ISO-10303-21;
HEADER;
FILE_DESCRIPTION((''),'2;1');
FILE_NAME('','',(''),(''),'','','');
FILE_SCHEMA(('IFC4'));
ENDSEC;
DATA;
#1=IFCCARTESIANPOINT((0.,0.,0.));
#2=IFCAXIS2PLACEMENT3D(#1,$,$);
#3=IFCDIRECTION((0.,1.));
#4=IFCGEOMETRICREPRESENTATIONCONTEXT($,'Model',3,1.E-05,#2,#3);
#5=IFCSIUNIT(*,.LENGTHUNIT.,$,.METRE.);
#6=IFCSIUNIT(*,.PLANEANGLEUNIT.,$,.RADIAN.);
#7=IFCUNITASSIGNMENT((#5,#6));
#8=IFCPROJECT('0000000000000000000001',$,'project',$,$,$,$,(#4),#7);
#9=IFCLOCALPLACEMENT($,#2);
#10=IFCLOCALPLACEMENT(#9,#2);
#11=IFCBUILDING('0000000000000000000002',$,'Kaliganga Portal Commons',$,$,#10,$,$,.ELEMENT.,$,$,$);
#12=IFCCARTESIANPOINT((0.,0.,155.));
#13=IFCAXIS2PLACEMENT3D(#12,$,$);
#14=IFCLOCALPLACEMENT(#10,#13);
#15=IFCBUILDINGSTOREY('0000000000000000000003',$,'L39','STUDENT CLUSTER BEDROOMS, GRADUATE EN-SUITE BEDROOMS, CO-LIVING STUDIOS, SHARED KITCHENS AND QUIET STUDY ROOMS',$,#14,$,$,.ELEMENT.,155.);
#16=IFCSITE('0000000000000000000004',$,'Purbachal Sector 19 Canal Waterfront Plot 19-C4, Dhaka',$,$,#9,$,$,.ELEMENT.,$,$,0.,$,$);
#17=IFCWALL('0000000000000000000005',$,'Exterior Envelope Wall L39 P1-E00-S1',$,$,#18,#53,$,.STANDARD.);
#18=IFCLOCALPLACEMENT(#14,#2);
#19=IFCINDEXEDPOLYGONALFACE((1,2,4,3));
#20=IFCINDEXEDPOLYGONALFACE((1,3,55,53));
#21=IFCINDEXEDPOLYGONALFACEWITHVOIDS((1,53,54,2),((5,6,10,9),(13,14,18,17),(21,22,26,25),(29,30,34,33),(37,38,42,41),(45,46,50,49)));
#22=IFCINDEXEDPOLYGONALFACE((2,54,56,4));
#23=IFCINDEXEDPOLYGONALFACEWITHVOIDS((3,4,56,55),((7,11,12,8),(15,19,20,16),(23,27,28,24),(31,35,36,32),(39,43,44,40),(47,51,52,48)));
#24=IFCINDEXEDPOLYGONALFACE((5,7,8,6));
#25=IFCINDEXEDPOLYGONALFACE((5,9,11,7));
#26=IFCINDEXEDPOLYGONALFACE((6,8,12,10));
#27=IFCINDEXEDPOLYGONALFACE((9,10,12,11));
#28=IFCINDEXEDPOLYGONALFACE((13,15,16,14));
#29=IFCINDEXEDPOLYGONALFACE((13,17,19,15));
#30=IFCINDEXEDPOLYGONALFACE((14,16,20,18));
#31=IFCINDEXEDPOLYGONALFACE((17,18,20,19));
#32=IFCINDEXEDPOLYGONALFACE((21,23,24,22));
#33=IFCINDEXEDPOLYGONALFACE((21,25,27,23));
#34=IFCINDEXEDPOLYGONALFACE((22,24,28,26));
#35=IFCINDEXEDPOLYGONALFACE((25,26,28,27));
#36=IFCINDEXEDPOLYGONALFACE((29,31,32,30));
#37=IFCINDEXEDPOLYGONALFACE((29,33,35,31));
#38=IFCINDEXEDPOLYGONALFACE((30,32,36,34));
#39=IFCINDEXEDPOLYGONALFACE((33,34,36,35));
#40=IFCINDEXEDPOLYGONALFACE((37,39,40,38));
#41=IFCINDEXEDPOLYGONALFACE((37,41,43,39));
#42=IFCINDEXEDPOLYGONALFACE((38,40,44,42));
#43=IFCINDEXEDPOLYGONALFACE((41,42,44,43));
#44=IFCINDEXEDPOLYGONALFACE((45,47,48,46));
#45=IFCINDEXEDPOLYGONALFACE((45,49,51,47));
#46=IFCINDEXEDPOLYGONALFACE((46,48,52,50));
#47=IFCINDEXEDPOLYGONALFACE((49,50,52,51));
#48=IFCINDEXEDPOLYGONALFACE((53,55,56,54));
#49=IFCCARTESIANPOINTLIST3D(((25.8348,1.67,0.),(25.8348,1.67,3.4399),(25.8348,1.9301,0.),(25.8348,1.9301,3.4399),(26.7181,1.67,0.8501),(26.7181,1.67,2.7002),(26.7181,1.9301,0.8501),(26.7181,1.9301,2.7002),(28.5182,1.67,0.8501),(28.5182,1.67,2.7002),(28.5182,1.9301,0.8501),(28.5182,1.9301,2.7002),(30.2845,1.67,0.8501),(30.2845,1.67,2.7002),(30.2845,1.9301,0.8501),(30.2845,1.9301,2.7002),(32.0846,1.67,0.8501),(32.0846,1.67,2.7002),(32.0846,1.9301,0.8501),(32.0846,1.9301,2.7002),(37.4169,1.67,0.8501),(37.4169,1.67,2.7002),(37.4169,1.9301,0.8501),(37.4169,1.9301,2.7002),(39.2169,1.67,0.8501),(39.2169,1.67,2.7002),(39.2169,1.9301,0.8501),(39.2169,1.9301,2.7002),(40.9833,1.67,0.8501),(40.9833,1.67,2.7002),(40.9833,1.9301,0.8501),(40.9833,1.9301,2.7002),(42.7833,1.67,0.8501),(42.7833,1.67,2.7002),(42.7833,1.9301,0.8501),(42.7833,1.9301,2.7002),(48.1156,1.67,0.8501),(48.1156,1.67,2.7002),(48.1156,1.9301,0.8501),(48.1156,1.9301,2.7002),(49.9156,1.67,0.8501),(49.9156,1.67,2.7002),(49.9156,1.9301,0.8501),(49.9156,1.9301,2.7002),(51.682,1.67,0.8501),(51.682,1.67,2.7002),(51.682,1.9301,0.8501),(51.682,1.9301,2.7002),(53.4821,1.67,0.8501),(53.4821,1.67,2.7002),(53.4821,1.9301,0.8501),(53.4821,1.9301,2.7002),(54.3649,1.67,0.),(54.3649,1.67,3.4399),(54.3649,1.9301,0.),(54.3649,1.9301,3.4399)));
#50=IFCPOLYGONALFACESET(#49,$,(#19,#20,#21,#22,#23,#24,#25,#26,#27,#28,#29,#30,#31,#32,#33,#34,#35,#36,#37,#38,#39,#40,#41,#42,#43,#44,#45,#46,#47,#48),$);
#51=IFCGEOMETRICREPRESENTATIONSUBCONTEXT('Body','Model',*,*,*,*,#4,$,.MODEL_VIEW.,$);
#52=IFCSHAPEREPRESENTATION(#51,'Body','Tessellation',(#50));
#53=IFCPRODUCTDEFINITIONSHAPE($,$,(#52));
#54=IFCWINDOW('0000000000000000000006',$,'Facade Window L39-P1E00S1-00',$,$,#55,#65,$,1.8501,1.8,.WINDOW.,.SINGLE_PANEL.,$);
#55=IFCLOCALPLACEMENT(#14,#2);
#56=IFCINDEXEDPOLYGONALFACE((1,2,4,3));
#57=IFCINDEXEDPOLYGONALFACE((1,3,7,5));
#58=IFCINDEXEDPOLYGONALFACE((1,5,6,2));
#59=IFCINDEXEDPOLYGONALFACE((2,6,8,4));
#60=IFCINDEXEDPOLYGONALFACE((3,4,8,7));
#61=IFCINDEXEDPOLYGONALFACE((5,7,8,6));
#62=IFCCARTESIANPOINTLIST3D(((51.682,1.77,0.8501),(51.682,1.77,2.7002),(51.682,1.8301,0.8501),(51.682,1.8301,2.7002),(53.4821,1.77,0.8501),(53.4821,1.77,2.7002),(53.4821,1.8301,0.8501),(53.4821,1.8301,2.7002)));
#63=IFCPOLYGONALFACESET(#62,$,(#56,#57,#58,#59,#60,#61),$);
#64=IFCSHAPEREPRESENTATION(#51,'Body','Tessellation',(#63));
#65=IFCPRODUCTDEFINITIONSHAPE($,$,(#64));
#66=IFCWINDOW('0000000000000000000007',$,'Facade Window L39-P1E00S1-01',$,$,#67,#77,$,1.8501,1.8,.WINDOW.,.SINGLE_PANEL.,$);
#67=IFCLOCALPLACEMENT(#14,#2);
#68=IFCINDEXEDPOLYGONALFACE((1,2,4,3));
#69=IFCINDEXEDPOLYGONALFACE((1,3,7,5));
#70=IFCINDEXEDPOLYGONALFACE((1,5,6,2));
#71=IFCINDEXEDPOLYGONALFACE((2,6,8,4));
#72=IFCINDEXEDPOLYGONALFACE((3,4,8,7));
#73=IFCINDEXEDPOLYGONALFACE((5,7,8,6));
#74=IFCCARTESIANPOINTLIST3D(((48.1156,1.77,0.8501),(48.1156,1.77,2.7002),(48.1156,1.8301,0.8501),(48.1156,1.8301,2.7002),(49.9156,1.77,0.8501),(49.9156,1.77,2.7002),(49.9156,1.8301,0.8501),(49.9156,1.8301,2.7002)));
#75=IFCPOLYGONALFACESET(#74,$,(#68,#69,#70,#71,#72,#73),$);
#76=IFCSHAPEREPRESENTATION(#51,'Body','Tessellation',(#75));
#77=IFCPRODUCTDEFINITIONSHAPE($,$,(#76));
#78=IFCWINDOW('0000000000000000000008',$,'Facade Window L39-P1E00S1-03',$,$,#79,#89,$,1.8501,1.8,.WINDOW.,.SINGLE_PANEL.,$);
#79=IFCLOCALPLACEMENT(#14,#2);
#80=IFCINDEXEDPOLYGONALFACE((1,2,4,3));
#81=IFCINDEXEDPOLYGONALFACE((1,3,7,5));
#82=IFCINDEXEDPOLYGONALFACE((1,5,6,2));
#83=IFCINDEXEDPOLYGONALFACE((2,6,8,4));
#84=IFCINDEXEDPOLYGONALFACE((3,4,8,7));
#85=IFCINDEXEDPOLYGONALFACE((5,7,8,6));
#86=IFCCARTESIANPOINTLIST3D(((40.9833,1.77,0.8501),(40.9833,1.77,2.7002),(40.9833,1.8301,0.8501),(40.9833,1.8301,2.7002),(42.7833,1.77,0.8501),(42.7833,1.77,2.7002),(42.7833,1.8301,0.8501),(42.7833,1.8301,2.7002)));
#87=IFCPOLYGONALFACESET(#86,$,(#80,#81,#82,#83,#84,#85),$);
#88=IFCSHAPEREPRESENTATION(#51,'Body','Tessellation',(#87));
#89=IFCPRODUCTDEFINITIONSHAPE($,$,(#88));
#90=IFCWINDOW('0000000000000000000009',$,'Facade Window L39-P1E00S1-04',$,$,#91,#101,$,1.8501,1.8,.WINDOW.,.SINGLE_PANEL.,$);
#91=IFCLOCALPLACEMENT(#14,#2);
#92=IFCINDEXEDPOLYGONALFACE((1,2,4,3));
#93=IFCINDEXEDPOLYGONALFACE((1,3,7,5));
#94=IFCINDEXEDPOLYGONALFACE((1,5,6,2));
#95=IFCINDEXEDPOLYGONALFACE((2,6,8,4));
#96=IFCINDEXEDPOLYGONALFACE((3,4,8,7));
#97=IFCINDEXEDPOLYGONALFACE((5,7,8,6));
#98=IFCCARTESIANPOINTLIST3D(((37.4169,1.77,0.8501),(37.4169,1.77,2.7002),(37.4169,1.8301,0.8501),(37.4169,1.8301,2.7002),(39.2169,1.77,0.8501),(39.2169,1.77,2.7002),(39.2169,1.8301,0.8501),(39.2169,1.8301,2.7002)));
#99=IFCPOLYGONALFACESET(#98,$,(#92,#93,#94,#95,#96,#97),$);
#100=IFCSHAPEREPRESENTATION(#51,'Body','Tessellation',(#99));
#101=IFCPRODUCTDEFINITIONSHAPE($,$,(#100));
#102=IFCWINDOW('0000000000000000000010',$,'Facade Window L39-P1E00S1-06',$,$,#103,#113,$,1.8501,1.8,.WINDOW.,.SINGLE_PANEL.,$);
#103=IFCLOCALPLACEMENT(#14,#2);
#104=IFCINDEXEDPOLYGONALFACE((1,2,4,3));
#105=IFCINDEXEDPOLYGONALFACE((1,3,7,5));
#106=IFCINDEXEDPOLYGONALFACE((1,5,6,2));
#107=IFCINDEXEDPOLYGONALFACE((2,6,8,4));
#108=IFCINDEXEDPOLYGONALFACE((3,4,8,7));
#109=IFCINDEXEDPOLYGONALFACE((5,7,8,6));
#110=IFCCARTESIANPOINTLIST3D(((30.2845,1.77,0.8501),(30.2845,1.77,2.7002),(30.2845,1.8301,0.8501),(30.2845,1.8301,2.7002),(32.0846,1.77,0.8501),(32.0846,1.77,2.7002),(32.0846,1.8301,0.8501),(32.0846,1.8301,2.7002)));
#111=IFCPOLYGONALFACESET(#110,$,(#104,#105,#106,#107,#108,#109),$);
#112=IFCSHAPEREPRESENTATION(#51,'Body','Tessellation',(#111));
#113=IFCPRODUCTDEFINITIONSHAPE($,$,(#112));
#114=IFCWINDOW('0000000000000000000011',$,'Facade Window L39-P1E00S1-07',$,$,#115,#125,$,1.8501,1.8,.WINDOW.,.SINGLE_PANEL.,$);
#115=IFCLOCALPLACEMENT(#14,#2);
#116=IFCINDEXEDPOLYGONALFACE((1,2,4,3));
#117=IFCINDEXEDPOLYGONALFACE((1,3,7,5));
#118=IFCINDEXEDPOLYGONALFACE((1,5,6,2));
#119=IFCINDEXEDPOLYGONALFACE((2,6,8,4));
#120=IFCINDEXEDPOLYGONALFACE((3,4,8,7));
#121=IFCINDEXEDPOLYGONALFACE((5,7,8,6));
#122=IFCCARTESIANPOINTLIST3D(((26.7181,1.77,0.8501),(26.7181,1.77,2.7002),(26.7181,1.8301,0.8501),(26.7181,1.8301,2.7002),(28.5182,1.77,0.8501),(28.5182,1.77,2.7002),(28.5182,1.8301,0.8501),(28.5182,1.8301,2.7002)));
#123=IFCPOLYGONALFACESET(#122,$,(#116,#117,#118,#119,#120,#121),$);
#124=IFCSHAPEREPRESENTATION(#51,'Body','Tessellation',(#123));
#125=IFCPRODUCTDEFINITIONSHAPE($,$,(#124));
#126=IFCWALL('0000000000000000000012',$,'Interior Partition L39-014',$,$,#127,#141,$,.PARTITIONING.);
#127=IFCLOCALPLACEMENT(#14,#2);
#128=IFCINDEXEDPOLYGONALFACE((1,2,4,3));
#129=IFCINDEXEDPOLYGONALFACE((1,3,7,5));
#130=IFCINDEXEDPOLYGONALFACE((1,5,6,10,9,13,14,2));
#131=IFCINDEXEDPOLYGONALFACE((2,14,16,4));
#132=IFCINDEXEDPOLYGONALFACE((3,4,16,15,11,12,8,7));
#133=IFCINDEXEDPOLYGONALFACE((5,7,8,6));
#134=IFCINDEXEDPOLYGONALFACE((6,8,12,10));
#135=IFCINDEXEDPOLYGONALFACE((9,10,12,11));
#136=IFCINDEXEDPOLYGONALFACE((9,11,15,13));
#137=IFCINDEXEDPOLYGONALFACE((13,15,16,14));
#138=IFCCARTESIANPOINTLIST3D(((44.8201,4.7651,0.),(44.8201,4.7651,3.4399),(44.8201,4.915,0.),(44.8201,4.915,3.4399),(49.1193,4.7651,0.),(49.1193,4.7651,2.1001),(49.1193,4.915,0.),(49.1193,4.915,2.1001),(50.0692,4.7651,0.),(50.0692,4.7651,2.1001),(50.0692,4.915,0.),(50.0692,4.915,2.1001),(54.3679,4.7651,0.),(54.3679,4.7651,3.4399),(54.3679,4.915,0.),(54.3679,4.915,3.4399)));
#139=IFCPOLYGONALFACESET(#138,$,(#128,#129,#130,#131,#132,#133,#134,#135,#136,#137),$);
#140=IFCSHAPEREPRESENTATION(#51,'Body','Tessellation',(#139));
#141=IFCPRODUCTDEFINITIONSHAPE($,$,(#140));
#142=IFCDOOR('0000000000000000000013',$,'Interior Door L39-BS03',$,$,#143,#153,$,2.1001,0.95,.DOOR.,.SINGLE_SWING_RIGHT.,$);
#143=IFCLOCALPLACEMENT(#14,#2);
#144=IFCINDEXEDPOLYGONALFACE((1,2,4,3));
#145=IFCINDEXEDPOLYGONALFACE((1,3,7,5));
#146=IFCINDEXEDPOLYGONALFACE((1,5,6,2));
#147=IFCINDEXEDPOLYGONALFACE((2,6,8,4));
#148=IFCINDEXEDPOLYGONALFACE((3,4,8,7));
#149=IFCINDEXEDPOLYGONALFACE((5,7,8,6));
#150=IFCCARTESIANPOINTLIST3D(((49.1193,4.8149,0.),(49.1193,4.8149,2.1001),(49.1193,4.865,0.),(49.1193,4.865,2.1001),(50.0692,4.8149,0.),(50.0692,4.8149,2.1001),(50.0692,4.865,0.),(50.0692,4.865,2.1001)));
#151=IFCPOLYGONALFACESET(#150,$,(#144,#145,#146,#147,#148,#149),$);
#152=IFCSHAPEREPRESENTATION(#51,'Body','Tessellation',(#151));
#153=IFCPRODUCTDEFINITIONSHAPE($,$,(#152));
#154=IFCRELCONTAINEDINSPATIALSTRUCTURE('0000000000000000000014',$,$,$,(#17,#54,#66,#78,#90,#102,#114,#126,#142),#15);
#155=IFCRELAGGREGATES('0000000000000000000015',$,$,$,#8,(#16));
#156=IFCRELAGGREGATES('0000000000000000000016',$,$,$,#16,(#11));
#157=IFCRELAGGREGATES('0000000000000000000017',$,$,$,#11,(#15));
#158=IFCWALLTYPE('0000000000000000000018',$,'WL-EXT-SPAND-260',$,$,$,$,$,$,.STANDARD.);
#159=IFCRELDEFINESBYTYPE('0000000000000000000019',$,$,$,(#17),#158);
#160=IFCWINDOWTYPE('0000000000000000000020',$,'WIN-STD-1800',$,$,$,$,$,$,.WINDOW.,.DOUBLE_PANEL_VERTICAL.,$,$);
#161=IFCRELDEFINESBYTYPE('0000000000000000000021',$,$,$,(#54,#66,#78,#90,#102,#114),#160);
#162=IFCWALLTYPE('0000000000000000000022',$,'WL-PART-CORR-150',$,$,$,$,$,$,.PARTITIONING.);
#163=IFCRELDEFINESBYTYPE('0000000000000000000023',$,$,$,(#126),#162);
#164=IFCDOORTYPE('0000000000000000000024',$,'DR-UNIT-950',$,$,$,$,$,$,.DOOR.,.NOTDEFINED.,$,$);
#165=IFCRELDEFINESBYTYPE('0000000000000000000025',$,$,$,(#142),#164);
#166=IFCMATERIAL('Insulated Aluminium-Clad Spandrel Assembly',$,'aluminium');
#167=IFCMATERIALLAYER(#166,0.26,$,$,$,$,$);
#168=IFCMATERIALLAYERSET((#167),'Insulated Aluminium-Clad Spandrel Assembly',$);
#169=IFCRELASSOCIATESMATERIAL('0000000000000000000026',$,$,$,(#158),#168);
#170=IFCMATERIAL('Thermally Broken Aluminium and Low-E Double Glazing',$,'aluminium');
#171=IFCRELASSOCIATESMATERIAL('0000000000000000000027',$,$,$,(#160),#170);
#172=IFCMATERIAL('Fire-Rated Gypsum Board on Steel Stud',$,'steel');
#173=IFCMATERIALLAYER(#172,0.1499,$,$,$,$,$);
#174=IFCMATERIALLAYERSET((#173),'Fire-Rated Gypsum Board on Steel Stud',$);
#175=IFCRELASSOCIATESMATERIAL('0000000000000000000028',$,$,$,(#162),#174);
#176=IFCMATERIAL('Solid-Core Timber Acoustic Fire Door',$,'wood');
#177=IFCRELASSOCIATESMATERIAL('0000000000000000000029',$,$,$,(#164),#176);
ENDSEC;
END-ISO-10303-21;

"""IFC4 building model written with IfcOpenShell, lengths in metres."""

from ifc_helpers import new_model, si_unit, direction, frame, frame_2d, origin, place, context, subcontext, project, spatial, rectangle, extrude, material, layer, layer_set, type_object, element, fill, save


model = new_model("IFC4")

# Units and contexts
model_context = context("Model", 3, precision=1e-05, world=origin(), true_north=direction((0.0, 1.0)))
body_context = subcontext(model_context, "Body", "Model", "MODEL_VIEW")
ifc_project = project(units=[si_unit("LENGTHUNIT", "METRE"), si_unit("PLANEANGLEUNIT", "RADIAN")], contexts=[model_context])

# Site, building, storey
site_placement = place(None, origin())
site = spatial("IfcSite", under=ifc_project, at=site_placement, Name="Purbachal Sector 19 Canal Waterfront Plot 19-C4, Dhaka", CompositionType="ELEMENT", RefElevation=0.0)
building_placement = place(site_placement, origin())
building = spatial("IfcBuilding", under=site, at=building_placement, Name="Kaliganga Portal Commons", CompositionType="ELEMENT")
storey_placement = place(building_placement, frame((0.0, 0.0, 155.0)))
storey = spatial("IfcBuildingStorey", under=building, at=storey_placement, Name="L39", Description="STUDENT CLUSTER BEDROOMS, GRADUATE EN-SUITE BEDROOMS, CO-LIVING STUDIOS, SHARED KITCHENS AND QUIET STUDY ROOMS", CompositionType="ELEMENT", Elevation=155.0)

# Wall, openings, windows
ifc_material_1 = material(Name="Insulated Aluminium-Clad Spandrel Assembly", Category="aluminium")
ifc_layer_1 = layer(ifc_material_1, 0.26)
ifc_layer_set_1 = layer_set([ifc_layer_1], Name="Insulated Aluminium-Clad Spandrel Assembly")
wall_type_1 = type_object("IfcWallType", Name="WL-EXT-SPAND-260", PredefinedType="STANDARD", material=ifc_layer_set_1)
wall_1_placement = place(storey_placement, frame((54.365, 1.8, 0.0), z_axis=(0.0, 0.0, 1.0), x_axis=(-1.0, 0.0, 0.0)))
wall_1 = element("IfcWall", 1, at=wall_1_placement, inside=storey, type_object=wall_type_1, Name="Exterior Envelope Wall L39 P1-E00-S1", PredefinedType="STANDARD", context=body_context, shape_type="SweptSolid", body=[
    extrude(rectangle(XDim=28.53, YDim=0.26, at=frame_2d((14.2651, 0.0))), origin(), (0.0, 0.0, 1.0), 3.4399),
])
opening_1_placement = place(wall_1_placement, frame((0.8831, 0.0, 0.8501)))
opening_1 = element("IfcOpeningElement", 2, at=opening_1_placement, cuts=wall_1, PredefinedType="OPENING", context=body_context, shape_type="SweptSolid", body=[
    extrude(rectangle(XDim=1.8, YDim=1.8501, at=frame_2d((0.8999, 0.925))), frame((0.0, 0.1401, 0.0), z_axis=(0.0, -1.0, 0.0), x_axis=(1.0, 0.0, 0.0)), (0.0, 0.0, 1.0), 0.28),
])
opening_2_placement = place(wall_1_placement, frame((4.4495, 0.0, 0.8501)))
opening_2 = element("IfcOpeningElement", 3, at=opening_2_placement, cuts=wall_1, PredefinedType="OPENING", context=body_context, shape_type="SweptSolid", body=[
    extrude(rectangle(XDim=1.8, YDim=1.8501, at=frame_2d((0.8999, 0.925))), frame((0.0, 0.1401, 0.0), z_axis=(0.0, -1.0, 0.0), x_axis=(1.0, 0.0, 0.0)), (0.0, 0.0, 1.0), 0.28),
])
opening_3_placement = place(wall_1_placement, frame((11.5818, 0.0, 0.8501)))
opening_3 = element("IfcOpeningElement", 4, at=opening_3_placement, cuts=wall_1, PredefinedType="OPENING", context=body_context, shape_type="SweptSolid", body=[
    extrude(rectangle(XDim=1.8, YDim=1.8501, at=frame_2d((0.8999, 0.925))), frame((0.0, 0.1401, 0.0), z_axis=(0.0, -1.0, 0.0), x_axis=(1.0, 0.0, 0.0)), (0.0, 0.0, 1.0), 0.28),
])
opening_4_placement = place(wall_1_placement, frame((15.1482, 0.0, 0.8501)))
opening_4 = element("IfcOpeningElement", 5, at=opening_4_placement, cuts=wall_1, PredefinedType="OPENING", context=body_context, shape_type="SweptSolid", body=[
    extrude(rectangle(XDim=1.8, YDim=1.8501, at=frame_2d((0.8999, 0.925))), frame((0.0, 0.1401, 0.0), z_axis=(0.0, -1.0, 0.0), x_axis=(1.0, 0.0, 0.0)), (0.0, 0.0, 1.0), 0.28),
])
opening_5_placement = place(wall_1_placement, frame((22.2805, 0.0, 0.8501)))
opening_5 = element("IfcOpeningElement", 6, at=opening_5_placement, cuts=wall_1, PredefinedType="OPENING", context=body_context, shape_type="SweptSolid", body=[
    extrude(rectangle(XDim=1.8, YDim=1.8501, at=frame_2d((0.8999, 0.925))), frame((0.0, 0.1401, 0.0), z_axis=(0.0, -1.0, 0.0), x_axis=(1.0, 0.0, 0.0)), (0.0, 0.0, 1.0), 0.28),
])
opening_6_placement = place(wall_1_placement, frame((25.8469, 0.0, 0.8501)))
opening_6 = element("IfcOpeningElement", 7, at=opening_6_placement, cuts=wall_1, PredefinedType="OPENING", context=body_context, shape_type="SweptSolid", body=[
    extrude(rectangle(XDim=1.8, YDim=1.8501, at=frame_2d((0.8999, 0.925))), frame((0.0, 0.1401, 0.0), z_axis=(0.0, -1.0, 0.0), x_axis=(1.0, 0.0, 0.0)), (0.0, 0.0, 1.0), 0.28),
])
ifc_material_2 = material(Name="Thermally Broken Aluminium and Low-E Double Glazing", Category="aluminium")
window_type = type_object("IfcWindowType", Name="WIN-STD-1800", PartitioningType="DOUBLE_PANEL_VERTICAL", PredefinedType="WINDOW", material=ifc_material_2)
window_1_placement = place(opening_1_placement, origin())
window_1 = element("IfcWindow", 8, at=window_1_placement, inside=storey, type_object=window_type, Name="Facade Window L39-P1E00S1-00", OverallHeight=1.8501, OverallWidth=1.8, PartitioningType="SINGLE_PANEL", PredefinedType="WINDOW", context=body_context, shape_type="SweptSolid", body=[
    extrude(rectangle(XDim=1.8, YDim=1.8501, at=frame_2d((0.8999, 0.925))), frame((0.0, 0.03, 0.0), z_axis=(0.0, -1.0, 0.0), x_axis=(1.0, 0.0, 0.0)), (0.0, 0.0, 1.0), 0.0601),
])
fill(opening_1, window_1)
window_2_placement = place(opening_2_placement, origin())
window_2 = element("IfcWindow", 9, at=window_2_placement, inside=storey, type_object=window_type, Name="Facade Window L39-P1E00S1-01", OverallHeight=1.8501, OverallWidth=1.8, PartitioningType="SINGLE_PANEL", PredefinedType="WINDOW", context=body_context, shape_type="SweptSolid", body=[
    extrude(rectangle(XDim=1.8, YDim=1.8501, at=frame_2d((0.8999, 0.925))), frame((0.0, 0.03, 0.0), z_axis=(0.0, -1.0, 0.0), x_axis=(1.0, 0.0, 0.0)), (0.0, 0.0, 1.0), 0.0601),
])
fill(opening_2, window_2)
window_3_placement = place(opening_3_placement, origin())
window_3 = element("IfcWindow", 10, at=window_3_placement, inside=storey, type_object=window_type, Name="Facade Window L39-P1E00S1-03", OverallHeight=1.8501, OverallWidth=1.8, PartitioningType="SINGLE_PANEL", PredefinedType="WINDOW", context=body_context, shape_type="SweptSolid", body=[
    extrude(rectangle(XDim=1.8, YDim=1.8501, at=frame_2d((0.8999, 0.925))), frame((0.0, 0.03, 0.0), z_axis=(0.0, -1.0, 0.0), x_axis=(1.0, 0.0, 0.0)), (0.0, 0.0, 1.0), 0.0601),
])
fill(opening_3, window_3)
window_4_placement = place(opening_4_placement, origin())
window_4 = element("IfcWindow", 11, at=window_4_placement, inside=storey, type_object=window_type, Name="Facade Window L39-P1E00S1-04", OverallHeight=1.8501, OverallWidth=1.8, PartitioningType="SINGLE_PANEL", PredefinedType="WINDOW", context=body_context, shape_type="SweptSolid", body=[
    extrude(rectangle(XDim=1.8, YDim=1.8501, at=frame_2d((0.8999, 0.925))), frame((0.0, 0.03, 0.0), z_axis=(0.0, -1.0, 0.0), x_axis=(1.0, 0.0, 0.0)), (0.0, 0.0, 1.0), 0.0601),
])
fill(opening_4, window_4)
window_5_placement = place(opening_5_placement, origin())
window_5 = element("IfcWindow", 12, at=window_5_placement, inside=storey, type_object=window_type, Name="Facade Window L39-P1E00S1-06", OverallHeight=1.8501, OverallWidth=1.8, PartitioningType="SINGLE_PANEL", PredefinedType="WINDOW", context=body_context, shape_type="SweptSolid", body=[
    extrude(rectangle(XDim=1.8, YDim=1.8501, at=frame_2d((0.8999, 0.925))), frame((0.0, 0.03, 0.0), z_axis=(0.0, -1.0, 0.0), x_axis=(1.0, 0.0, 0.0)), (0.0, 0.0, 1.0), 0.0601),
])
fill(opening_5, window_5)
window_6_placement = place(opening_6_placement, origin())
window_6 = element("IfcWindow", 13, at=window_6_placement, inside=storey, type_object=window_type, Name="Facade Window L39-P1E00S1-07", OverallHeight=1.8501, OverallWidth=1.8, PartitioningType="SINGLE_PANEL", PredefinedType="WINDOW", context=body_context, shape_type="SweptSolid", body=[
    extrude(rectangle(XDim=1.8, YDim=1.8501, at=frame_2d((0.8999, 0.925))), frame((0.0, 0.03, 0.0), z_axis=(0.0, -1.0, 0.0), x_axis=(1.0, 0.0, 0.0)), (0.0, 0.0, 1.0), 0.0601),
])
fill(opening_6, window_6)

# Wall, opening, door
ifc_material_3 = material(Name="Fire-Rated Gypsum Board on Steel Stud", Category="steel")
ifc_layer_2 = layer(ifc_material_3, 0.1499)
ifc_layer_set_2 = layer_set([ifc_layer_2], Name="Fire-Rated Gypsum Board on Steel Stud")
wall_type_2 = type_object("IfcWallType", Name="WL-PART-CORR-150", PredefinedType="PARTITIONING", material=ifc_layer_set_2)
wall_2_placement = place(storey_placement, frame((44.8201, 4.8401, 0.0), z_axis=(0.0, 0.0, 1.0), x_axis=(1.0, 0.0, 0.0)))
wall_2 = element("IfcWall", 14, at=wall_2_placement, inside=storey, type_object=wall_type_2, Name="Interior Partition L39-014", PredefinedType="PARTITIONING", context=body_context, shape_type="SweptSolid", body=[
    extrude(rectangle(XDim=9.5479, YDim=0.1499, at=frame_2d((4.7739, 0.0))), origin(), (0.0, 0.0, 1.0), 3.4399),
])
opening_7_placement = place(wall_2_placement, frame((4.2991, 0.0, 0.0)))
opening_7 = element("IfcOpeningElement", 15, at=opening_7_placement, cuts=wall_2, PredefinedType="OPENING", context=body_context, shape_type="SweptSolid", body=[
    extrude(rectangle(XDim=0.95, YDim=2.1001, at=frame_2d((0.4751, 1.05))), frame((0.0, 0.085, 0.0), z_axis=(0.0, -1.0, 0.0), x_axis=(1.0, 0.0, 0.0)), (0.0, 0.0, 1.0), 0.1699),
])
ifc_material_4 = material(Name="Solid-Core Timber Acoustic Fire Door", Category="wood")
door_type_1 = type_object("IfcDoorType", Name="DR-UNIT-950", OperationType="NOTDEFINED", PredefinedType="DOOR", material=ifc_material_4)
door_1_placement = place(opening_7_placement, origin())
door_1 = element("IfcDoor", 16, at=door_1_placement, inside=storey, type_object=door_type_1, Name="Interior Door L39-BS03", OperationType="SINGLE_SWING_RIGHT", OverallHeight=2.1001, OverallWidth=0.95, PredefinedType="DOOR", context=body_context, shape_type="SweptSolid", body=[
    extrude(rectangle(XDim=0.95, YDim=2.1001, at=frame_2d((0.4751, 1.05))), frame((0.0, 0.0249, 0.0), z_axis=(0.0, -1.0, 0.0), x_axis=(1.0, 0.0, 0.0)), (0.0, 0.0, 1.0), 0.05),
])
fill(opening_7, door_1)

save(model, "model.ifc")
